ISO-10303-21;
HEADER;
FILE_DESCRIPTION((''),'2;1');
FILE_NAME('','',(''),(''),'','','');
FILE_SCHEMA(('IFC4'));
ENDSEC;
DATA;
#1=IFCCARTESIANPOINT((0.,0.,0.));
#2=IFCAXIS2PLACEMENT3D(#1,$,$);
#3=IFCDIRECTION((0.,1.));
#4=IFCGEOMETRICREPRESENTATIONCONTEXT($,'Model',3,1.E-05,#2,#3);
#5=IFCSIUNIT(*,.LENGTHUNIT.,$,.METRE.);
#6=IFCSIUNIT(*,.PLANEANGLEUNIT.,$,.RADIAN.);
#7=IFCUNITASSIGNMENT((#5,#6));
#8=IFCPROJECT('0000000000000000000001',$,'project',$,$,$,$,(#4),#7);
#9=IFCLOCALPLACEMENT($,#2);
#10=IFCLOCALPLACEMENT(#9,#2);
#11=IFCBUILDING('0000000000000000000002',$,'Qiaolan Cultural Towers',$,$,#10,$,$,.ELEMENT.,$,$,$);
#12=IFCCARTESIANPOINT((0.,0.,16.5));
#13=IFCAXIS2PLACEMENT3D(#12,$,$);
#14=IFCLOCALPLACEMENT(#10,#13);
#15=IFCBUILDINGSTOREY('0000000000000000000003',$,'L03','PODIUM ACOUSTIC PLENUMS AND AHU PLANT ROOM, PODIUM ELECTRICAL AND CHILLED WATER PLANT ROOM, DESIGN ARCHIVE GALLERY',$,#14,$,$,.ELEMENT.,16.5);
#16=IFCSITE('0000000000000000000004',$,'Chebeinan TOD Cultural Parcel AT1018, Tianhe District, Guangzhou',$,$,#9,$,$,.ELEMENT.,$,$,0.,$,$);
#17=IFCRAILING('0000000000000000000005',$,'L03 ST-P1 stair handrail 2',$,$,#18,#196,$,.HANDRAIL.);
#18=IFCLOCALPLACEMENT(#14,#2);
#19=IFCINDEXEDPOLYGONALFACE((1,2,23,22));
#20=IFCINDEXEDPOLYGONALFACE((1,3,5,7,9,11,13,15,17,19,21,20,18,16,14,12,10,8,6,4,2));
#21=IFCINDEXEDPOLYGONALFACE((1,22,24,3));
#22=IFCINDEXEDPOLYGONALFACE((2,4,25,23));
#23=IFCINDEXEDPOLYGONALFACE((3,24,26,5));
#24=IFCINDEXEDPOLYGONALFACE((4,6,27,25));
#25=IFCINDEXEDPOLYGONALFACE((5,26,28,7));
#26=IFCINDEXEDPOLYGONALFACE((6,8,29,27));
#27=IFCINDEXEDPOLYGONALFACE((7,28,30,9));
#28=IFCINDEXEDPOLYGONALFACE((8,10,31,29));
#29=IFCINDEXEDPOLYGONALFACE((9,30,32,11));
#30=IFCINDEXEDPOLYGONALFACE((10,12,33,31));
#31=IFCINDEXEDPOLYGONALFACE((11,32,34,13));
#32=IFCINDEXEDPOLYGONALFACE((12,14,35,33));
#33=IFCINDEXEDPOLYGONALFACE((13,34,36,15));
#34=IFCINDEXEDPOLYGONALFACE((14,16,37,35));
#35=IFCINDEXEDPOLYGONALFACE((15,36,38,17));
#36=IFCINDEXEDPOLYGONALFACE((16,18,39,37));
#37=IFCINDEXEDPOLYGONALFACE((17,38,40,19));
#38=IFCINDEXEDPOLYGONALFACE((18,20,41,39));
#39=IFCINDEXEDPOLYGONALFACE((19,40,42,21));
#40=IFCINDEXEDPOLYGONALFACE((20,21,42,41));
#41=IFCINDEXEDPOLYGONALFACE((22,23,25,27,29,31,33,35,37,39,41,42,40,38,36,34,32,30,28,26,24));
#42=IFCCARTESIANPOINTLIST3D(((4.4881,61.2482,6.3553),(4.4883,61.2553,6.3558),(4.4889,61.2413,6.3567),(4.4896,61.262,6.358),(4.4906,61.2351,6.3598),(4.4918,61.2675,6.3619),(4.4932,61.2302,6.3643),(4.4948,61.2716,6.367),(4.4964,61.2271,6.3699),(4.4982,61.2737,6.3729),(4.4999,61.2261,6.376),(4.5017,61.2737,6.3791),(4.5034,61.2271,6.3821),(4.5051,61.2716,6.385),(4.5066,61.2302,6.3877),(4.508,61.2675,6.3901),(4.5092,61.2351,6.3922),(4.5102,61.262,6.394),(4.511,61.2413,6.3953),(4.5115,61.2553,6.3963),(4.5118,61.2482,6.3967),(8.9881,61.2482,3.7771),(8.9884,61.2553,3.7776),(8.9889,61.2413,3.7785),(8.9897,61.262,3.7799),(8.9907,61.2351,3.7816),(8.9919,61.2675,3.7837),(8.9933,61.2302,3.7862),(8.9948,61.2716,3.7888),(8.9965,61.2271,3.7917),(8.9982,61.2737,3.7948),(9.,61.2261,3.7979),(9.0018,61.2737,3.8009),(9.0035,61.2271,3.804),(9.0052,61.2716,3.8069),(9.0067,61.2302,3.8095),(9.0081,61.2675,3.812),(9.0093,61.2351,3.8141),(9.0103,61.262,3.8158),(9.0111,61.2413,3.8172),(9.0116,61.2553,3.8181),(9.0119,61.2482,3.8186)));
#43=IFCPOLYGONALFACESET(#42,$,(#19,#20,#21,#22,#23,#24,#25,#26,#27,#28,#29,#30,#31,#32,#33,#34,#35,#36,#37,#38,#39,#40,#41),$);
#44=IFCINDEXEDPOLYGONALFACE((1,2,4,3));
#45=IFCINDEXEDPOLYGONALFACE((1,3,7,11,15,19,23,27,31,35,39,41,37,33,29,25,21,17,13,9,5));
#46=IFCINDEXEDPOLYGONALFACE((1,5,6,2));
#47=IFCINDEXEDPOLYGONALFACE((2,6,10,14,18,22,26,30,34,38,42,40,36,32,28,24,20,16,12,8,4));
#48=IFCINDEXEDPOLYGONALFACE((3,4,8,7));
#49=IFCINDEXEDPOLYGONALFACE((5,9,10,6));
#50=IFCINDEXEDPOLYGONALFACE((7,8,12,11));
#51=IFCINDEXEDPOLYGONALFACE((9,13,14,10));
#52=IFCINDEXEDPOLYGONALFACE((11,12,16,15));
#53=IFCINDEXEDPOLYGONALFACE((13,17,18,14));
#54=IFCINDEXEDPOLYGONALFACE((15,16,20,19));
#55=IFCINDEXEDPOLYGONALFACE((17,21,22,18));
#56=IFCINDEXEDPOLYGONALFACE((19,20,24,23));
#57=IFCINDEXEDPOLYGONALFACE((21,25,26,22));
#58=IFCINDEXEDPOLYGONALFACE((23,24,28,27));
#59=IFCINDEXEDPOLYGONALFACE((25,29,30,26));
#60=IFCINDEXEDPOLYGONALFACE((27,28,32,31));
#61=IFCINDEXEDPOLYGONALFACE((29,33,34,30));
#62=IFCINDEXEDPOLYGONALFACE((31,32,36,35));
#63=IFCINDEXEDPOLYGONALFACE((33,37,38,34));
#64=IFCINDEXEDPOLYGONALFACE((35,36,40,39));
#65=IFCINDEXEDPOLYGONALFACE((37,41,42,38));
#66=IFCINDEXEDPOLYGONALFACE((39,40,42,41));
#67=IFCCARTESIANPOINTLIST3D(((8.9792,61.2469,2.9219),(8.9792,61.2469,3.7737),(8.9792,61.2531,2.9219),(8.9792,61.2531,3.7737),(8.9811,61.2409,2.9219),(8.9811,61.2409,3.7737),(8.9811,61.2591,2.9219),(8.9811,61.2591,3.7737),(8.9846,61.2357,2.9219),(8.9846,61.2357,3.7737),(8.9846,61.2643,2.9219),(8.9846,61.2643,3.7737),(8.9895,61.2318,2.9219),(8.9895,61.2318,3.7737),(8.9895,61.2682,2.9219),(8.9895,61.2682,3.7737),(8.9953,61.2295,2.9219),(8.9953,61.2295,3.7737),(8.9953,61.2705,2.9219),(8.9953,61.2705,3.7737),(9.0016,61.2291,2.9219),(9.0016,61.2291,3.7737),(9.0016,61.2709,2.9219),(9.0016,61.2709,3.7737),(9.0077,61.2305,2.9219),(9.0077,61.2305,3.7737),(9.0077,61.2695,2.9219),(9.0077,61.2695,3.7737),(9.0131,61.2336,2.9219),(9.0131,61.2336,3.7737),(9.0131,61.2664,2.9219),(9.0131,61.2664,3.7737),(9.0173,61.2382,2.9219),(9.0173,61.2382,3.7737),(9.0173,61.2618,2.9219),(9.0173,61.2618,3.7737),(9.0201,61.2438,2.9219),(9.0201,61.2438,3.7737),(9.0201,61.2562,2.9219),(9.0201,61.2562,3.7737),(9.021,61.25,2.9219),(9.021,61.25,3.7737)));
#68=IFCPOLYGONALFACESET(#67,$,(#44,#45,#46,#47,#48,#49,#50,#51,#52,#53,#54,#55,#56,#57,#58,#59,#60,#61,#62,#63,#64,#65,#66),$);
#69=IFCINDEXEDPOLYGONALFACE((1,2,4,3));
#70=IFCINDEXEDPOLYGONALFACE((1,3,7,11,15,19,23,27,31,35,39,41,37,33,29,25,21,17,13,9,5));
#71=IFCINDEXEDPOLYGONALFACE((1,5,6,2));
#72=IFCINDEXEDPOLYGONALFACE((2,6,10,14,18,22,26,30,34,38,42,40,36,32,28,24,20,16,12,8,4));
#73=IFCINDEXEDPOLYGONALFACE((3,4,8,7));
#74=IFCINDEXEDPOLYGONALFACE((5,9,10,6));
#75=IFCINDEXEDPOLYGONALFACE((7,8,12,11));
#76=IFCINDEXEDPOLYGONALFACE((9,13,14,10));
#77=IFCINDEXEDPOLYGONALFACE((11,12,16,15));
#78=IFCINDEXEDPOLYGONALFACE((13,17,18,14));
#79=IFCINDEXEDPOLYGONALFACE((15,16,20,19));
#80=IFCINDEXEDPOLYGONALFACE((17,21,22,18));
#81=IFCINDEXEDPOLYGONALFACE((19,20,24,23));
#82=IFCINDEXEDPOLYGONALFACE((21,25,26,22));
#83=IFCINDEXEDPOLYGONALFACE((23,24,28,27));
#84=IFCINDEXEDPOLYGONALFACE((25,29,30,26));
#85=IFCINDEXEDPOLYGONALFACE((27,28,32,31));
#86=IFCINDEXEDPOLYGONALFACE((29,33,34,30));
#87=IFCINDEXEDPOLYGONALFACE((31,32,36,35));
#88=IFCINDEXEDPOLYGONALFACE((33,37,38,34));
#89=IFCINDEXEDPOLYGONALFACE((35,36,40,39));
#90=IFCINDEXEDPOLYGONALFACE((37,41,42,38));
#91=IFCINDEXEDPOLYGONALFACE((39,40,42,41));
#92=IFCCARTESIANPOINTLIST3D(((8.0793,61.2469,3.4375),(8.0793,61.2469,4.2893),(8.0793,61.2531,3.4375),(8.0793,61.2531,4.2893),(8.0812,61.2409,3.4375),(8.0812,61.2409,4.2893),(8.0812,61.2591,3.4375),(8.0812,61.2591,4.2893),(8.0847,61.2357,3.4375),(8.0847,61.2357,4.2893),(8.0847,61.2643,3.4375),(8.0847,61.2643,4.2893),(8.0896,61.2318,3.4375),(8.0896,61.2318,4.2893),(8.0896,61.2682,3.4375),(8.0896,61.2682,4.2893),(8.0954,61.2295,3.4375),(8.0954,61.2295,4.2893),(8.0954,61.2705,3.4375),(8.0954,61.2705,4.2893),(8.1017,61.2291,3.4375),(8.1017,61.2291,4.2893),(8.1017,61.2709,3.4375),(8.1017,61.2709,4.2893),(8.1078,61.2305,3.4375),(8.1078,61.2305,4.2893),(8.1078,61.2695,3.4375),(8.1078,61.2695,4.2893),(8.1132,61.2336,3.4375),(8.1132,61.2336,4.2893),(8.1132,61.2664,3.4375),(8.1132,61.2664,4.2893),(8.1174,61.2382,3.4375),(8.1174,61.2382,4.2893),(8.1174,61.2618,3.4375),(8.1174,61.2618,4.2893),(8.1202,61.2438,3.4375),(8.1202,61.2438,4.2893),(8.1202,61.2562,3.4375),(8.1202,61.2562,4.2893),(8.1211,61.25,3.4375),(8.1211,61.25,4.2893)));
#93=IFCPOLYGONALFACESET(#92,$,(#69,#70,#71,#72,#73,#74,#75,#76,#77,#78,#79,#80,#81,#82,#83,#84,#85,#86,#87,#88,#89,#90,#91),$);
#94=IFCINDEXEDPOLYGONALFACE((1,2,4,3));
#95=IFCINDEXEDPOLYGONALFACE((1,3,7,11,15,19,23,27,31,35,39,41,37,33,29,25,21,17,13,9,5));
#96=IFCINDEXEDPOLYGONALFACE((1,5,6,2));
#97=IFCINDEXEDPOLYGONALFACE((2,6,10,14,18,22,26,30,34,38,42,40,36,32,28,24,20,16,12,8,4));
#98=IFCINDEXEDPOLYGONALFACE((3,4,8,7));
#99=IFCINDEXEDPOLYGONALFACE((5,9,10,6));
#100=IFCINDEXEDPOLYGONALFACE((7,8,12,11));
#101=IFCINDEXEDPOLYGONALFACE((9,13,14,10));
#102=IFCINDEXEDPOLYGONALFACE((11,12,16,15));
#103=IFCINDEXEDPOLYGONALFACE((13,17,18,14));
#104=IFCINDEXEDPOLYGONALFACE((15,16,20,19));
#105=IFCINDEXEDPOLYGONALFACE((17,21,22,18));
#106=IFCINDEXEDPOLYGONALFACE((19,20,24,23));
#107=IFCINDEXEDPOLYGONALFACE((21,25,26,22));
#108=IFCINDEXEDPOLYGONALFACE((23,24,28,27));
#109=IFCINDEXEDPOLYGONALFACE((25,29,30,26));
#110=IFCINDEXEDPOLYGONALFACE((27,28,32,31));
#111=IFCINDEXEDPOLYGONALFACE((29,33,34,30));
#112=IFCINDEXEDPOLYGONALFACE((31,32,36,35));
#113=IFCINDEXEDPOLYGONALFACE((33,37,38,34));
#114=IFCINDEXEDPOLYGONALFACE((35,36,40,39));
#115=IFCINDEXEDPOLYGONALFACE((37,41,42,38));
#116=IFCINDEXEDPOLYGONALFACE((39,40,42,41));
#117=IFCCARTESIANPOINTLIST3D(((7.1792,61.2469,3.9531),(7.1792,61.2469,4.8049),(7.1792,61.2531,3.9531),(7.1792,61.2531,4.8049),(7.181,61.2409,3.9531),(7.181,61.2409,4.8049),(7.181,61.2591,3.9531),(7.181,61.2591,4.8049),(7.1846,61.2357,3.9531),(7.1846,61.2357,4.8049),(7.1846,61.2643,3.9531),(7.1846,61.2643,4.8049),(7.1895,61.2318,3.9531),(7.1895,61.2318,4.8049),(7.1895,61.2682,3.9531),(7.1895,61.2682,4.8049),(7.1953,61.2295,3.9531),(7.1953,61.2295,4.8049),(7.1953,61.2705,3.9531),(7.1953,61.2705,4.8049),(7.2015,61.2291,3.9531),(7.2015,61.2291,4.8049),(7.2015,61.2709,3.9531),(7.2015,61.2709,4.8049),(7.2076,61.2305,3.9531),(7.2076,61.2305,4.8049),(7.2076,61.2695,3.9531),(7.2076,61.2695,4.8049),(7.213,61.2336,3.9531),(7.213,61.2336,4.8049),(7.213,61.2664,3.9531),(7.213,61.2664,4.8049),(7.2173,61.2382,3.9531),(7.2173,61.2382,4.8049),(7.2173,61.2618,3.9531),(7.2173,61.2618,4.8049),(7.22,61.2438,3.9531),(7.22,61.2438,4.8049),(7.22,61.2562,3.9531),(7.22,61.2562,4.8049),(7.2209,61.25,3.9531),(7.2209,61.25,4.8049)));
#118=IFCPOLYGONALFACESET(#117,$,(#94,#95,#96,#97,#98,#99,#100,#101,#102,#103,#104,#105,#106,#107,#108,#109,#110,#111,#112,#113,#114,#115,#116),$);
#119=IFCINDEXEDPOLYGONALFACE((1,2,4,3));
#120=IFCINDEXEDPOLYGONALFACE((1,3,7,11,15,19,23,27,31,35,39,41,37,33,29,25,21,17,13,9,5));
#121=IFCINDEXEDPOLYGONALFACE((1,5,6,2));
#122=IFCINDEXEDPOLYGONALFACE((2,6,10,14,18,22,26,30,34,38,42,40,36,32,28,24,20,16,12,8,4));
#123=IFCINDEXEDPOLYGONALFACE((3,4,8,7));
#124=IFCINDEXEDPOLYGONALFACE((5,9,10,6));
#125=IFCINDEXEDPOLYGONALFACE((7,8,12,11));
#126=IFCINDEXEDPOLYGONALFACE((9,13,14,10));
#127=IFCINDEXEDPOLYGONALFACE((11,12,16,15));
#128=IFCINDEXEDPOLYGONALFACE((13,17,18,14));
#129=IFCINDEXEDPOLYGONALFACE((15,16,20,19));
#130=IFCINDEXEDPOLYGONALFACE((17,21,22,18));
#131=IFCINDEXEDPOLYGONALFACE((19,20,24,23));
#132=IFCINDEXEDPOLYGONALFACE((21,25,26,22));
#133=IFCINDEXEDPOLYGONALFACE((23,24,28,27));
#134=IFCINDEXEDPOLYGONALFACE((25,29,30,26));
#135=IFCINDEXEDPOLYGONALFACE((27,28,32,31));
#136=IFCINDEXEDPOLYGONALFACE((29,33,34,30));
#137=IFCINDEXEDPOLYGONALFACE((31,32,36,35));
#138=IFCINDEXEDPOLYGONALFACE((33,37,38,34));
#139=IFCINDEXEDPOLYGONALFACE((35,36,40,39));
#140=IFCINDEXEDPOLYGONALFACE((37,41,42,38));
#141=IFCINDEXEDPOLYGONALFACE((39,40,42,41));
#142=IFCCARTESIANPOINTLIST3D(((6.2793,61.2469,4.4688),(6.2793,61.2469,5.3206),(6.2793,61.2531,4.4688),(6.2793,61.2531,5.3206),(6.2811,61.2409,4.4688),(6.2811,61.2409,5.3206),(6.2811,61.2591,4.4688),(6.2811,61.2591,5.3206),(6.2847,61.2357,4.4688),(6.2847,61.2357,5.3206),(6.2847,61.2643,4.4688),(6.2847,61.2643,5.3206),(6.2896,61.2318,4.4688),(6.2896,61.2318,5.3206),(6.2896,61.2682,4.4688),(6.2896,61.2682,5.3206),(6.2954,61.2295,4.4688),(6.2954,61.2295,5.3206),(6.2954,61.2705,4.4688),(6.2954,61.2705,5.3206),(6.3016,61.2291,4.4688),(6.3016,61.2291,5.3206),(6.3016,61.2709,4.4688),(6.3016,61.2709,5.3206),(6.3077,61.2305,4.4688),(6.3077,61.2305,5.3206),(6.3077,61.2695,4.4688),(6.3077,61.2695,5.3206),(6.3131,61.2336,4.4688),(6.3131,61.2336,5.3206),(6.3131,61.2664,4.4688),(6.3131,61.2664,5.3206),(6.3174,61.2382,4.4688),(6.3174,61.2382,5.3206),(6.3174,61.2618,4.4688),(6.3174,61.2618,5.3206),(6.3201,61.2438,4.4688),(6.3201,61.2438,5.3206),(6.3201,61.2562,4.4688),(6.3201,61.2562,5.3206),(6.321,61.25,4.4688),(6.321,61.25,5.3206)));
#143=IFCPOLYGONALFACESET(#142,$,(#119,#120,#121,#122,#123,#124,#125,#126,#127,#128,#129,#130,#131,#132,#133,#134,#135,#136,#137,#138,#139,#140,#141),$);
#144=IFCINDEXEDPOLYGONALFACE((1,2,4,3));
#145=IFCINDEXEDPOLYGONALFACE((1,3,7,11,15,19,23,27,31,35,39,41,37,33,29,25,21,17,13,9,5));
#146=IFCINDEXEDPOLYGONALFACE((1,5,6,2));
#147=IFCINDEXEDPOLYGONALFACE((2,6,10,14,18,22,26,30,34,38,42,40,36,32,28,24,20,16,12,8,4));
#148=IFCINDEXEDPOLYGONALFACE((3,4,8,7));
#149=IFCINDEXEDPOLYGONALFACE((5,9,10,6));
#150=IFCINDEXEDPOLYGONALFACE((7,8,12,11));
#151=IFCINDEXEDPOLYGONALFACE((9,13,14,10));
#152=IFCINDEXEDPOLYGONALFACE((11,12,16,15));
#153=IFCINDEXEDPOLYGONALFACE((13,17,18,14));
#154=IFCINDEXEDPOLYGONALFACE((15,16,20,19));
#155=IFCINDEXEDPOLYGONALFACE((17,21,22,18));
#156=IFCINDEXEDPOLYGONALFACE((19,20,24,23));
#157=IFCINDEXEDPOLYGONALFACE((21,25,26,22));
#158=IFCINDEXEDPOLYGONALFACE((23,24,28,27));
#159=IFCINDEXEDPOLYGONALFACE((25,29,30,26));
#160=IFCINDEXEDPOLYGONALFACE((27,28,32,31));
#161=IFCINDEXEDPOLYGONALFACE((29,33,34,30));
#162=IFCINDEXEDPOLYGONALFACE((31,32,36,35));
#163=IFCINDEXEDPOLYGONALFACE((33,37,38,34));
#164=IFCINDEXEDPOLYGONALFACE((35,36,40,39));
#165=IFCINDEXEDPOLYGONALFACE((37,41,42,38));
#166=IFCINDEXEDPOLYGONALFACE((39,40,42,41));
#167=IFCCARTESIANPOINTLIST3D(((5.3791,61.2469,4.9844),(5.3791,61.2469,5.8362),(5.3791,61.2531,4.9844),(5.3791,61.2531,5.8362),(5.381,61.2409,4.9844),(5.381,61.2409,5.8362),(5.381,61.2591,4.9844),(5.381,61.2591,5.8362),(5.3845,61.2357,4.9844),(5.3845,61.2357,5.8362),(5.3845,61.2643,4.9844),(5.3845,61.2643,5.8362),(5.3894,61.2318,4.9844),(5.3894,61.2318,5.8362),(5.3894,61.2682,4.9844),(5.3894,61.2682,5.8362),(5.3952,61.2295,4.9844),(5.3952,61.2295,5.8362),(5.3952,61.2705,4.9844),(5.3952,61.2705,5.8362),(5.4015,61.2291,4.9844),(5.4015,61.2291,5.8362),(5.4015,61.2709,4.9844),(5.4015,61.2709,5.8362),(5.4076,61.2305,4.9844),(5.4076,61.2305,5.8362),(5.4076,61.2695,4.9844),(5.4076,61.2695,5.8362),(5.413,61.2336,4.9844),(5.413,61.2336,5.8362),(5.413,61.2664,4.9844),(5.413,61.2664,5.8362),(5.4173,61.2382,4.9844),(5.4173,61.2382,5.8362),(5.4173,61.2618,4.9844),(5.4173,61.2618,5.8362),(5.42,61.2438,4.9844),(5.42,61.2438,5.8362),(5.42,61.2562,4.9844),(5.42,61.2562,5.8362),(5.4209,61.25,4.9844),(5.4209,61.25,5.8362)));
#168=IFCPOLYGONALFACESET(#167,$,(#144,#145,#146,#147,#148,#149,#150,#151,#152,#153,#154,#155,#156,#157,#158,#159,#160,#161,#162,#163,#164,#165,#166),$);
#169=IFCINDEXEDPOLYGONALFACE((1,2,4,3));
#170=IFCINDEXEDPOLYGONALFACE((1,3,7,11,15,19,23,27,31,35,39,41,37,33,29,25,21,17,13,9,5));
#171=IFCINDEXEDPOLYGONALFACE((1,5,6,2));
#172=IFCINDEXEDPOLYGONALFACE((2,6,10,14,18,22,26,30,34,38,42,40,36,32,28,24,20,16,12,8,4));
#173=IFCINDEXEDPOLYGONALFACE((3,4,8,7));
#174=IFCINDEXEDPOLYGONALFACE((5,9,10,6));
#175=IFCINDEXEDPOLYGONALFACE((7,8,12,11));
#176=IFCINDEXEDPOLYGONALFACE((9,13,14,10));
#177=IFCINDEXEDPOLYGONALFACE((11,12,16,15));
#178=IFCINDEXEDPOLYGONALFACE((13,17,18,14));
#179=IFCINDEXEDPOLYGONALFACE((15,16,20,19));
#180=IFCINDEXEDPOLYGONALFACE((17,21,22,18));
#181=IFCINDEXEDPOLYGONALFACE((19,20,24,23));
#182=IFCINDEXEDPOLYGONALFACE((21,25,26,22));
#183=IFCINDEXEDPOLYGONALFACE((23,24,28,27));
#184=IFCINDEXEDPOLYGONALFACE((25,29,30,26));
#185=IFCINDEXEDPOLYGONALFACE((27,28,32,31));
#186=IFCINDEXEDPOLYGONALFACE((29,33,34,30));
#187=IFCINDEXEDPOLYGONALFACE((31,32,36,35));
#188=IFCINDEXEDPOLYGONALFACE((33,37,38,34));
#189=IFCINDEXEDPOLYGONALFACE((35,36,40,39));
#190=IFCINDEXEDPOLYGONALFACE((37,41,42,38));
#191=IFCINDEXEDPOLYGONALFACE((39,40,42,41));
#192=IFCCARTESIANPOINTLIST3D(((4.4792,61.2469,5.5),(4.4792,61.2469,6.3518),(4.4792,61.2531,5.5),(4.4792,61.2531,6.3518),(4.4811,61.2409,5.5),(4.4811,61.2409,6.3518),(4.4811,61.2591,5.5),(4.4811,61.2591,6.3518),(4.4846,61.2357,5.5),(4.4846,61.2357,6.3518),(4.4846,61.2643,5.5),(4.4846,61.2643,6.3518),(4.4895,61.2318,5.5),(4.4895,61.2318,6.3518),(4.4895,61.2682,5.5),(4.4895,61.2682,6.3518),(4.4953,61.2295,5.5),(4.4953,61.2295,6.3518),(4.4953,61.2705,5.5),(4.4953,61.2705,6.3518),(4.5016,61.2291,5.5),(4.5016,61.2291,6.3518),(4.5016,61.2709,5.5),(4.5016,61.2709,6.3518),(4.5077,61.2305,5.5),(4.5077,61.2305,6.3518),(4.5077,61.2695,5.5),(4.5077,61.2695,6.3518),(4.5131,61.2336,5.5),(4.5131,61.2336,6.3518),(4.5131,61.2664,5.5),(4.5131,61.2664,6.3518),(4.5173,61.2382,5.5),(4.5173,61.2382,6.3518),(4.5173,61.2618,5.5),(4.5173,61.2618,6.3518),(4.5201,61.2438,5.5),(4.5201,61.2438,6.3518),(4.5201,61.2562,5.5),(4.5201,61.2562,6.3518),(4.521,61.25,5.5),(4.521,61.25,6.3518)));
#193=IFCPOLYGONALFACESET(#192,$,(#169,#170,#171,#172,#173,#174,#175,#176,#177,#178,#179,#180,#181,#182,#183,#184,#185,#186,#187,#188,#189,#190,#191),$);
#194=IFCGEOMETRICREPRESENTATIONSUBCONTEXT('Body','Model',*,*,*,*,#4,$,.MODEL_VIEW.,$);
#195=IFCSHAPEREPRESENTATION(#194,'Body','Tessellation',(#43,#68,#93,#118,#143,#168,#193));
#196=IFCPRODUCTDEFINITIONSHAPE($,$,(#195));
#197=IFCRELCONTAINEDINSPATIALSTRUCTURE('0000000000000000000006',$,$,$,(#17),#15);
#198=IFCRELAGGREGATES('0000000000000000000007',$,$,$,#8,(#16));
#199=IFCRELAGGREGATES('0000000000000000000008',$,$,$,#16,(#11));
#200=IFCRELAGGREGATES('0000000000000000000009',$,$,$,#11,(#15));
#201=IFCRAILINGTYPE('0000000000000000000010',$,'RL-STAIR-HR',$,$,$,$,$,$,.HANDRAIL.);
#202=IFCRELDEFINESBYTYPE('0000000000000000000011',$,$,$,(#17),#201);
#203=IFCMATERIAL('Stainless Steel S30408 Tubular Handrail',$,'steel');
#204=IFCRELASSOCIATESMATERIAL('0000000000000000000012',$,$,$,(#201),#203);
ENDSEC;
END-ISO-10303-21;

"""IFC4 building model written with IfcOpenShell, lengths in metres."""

from ifc_helpers import new_model, si_unit, direction, frame, origin, origin_2d, place, context, subcontext, project, spatial, circle, extrude, material, type_object, element, save


model = new_model("IFC4")

# Units and contexts
model_context = context("Model", 3, precision=1e-05, world=origin(), true_north=direction((0.0, 1.0)))
body_context = subcontext(model_context, "Body", "Model", "MODEL_VIEW")
ifc_project = project(units=[si_unit("LENGTHUNIT", "METRE"), si_unit("PLANEANGLEUNIT", "RADIAN")], contexts=[model_context])

# Site, building, storey
site_placement = place(None, origin())
site = spatial("IfcSite", under=ifc_project, at=site_placement, Name="Chebeinan TOD Cultural Parcel AT1018, Tianhe District, Guangzhou", CompositionType="ELEMENT", RefElevation=0.0)
building_placement = place(site_placement, origin())
building = spatial("IfcBuilding", under=site, at=building_placement, Name="Qiaolan Cultural Towers", CompositionType="ELEMENT")
storey_placement = place(building_placement, frame((0.0, 0.0, 16.5)))
storey = spatial("IfcBuildingStorey", under=building, at=storey_placement, Name="L03", Description="PODIUM ACOUSTIC PLENUMS AND AHU PLANT ROOM, PODIUM ELECTRICAL AND CHILLED WATER PLANT ROOM, DESIGN ARCHIVE GALLERY", CompositionType="ELEMENT", Elevation=16.5)

# Railing
ifc_material_1 = material(Name="Stainless Steel S30408 Tubular Handrail", Category="steel")
railing_type_1 = type_object("IfcRailingType", Name="RL-STAIR-HR", PredefinedType="HANDRAIL", material=ifc_material_1)
railing_1_placement = place(storey_placement, frame((9.0, 61.25, 2.9219)))
element("IfcRailing", 1, at=railing_1_placement, inside=storey, type_object=railing_type_1, Name="L03 ST-P1 stair handrail 2", PredefinedType="HANDRAIL", context=body_context, shape_type="SweptSolid", body=[
    extrude(circle(Radius=0.0239, at=origin_2d()), frame((0.0, 0.0, 0.876), z_axis=(-0.867686, 0.0, 0.497112), x_axis=(0.0, -1.0, 0.0)), (0.0, 0.0, 1.0), 5.1863),
    extrude(circle(Radius=0.021, at=origin_2d()), origin(), (0.0, 0.0, 1.0), 0.8518),
    extrude(circle(Radius=0.021, at=origin_2d()), frame((-0.8999, 0.0, 0.5156)), (0.0, 0.0, 1.0), 0.8518),
    extrude(circle(Radius=0.021, at=origin_2d()), frame((-1.8, 0.0, 1.0312)), (0.0, 0.0, 1.0), 0.8518),
    extrude(circle(Radius=0.021, at=origin_2d()), frame((-2.7, 0.0, 1.5469)), (0.0, 0.0, 1.0), 0.8518),
    extrude(circle(Radius=0.021, at=origin_2d()), frame((-3.6001, 0.0, 2.0625)), (0.0, 0.0, 1.0), 0.8518),
    extrude(circle(Radius=0.021, at=origin_2d()), frame((-4.5, 0.0, 2.5781)), (0.0, 0.0, 1.0), 0.8518),
])

save(model, "model.ifc")
